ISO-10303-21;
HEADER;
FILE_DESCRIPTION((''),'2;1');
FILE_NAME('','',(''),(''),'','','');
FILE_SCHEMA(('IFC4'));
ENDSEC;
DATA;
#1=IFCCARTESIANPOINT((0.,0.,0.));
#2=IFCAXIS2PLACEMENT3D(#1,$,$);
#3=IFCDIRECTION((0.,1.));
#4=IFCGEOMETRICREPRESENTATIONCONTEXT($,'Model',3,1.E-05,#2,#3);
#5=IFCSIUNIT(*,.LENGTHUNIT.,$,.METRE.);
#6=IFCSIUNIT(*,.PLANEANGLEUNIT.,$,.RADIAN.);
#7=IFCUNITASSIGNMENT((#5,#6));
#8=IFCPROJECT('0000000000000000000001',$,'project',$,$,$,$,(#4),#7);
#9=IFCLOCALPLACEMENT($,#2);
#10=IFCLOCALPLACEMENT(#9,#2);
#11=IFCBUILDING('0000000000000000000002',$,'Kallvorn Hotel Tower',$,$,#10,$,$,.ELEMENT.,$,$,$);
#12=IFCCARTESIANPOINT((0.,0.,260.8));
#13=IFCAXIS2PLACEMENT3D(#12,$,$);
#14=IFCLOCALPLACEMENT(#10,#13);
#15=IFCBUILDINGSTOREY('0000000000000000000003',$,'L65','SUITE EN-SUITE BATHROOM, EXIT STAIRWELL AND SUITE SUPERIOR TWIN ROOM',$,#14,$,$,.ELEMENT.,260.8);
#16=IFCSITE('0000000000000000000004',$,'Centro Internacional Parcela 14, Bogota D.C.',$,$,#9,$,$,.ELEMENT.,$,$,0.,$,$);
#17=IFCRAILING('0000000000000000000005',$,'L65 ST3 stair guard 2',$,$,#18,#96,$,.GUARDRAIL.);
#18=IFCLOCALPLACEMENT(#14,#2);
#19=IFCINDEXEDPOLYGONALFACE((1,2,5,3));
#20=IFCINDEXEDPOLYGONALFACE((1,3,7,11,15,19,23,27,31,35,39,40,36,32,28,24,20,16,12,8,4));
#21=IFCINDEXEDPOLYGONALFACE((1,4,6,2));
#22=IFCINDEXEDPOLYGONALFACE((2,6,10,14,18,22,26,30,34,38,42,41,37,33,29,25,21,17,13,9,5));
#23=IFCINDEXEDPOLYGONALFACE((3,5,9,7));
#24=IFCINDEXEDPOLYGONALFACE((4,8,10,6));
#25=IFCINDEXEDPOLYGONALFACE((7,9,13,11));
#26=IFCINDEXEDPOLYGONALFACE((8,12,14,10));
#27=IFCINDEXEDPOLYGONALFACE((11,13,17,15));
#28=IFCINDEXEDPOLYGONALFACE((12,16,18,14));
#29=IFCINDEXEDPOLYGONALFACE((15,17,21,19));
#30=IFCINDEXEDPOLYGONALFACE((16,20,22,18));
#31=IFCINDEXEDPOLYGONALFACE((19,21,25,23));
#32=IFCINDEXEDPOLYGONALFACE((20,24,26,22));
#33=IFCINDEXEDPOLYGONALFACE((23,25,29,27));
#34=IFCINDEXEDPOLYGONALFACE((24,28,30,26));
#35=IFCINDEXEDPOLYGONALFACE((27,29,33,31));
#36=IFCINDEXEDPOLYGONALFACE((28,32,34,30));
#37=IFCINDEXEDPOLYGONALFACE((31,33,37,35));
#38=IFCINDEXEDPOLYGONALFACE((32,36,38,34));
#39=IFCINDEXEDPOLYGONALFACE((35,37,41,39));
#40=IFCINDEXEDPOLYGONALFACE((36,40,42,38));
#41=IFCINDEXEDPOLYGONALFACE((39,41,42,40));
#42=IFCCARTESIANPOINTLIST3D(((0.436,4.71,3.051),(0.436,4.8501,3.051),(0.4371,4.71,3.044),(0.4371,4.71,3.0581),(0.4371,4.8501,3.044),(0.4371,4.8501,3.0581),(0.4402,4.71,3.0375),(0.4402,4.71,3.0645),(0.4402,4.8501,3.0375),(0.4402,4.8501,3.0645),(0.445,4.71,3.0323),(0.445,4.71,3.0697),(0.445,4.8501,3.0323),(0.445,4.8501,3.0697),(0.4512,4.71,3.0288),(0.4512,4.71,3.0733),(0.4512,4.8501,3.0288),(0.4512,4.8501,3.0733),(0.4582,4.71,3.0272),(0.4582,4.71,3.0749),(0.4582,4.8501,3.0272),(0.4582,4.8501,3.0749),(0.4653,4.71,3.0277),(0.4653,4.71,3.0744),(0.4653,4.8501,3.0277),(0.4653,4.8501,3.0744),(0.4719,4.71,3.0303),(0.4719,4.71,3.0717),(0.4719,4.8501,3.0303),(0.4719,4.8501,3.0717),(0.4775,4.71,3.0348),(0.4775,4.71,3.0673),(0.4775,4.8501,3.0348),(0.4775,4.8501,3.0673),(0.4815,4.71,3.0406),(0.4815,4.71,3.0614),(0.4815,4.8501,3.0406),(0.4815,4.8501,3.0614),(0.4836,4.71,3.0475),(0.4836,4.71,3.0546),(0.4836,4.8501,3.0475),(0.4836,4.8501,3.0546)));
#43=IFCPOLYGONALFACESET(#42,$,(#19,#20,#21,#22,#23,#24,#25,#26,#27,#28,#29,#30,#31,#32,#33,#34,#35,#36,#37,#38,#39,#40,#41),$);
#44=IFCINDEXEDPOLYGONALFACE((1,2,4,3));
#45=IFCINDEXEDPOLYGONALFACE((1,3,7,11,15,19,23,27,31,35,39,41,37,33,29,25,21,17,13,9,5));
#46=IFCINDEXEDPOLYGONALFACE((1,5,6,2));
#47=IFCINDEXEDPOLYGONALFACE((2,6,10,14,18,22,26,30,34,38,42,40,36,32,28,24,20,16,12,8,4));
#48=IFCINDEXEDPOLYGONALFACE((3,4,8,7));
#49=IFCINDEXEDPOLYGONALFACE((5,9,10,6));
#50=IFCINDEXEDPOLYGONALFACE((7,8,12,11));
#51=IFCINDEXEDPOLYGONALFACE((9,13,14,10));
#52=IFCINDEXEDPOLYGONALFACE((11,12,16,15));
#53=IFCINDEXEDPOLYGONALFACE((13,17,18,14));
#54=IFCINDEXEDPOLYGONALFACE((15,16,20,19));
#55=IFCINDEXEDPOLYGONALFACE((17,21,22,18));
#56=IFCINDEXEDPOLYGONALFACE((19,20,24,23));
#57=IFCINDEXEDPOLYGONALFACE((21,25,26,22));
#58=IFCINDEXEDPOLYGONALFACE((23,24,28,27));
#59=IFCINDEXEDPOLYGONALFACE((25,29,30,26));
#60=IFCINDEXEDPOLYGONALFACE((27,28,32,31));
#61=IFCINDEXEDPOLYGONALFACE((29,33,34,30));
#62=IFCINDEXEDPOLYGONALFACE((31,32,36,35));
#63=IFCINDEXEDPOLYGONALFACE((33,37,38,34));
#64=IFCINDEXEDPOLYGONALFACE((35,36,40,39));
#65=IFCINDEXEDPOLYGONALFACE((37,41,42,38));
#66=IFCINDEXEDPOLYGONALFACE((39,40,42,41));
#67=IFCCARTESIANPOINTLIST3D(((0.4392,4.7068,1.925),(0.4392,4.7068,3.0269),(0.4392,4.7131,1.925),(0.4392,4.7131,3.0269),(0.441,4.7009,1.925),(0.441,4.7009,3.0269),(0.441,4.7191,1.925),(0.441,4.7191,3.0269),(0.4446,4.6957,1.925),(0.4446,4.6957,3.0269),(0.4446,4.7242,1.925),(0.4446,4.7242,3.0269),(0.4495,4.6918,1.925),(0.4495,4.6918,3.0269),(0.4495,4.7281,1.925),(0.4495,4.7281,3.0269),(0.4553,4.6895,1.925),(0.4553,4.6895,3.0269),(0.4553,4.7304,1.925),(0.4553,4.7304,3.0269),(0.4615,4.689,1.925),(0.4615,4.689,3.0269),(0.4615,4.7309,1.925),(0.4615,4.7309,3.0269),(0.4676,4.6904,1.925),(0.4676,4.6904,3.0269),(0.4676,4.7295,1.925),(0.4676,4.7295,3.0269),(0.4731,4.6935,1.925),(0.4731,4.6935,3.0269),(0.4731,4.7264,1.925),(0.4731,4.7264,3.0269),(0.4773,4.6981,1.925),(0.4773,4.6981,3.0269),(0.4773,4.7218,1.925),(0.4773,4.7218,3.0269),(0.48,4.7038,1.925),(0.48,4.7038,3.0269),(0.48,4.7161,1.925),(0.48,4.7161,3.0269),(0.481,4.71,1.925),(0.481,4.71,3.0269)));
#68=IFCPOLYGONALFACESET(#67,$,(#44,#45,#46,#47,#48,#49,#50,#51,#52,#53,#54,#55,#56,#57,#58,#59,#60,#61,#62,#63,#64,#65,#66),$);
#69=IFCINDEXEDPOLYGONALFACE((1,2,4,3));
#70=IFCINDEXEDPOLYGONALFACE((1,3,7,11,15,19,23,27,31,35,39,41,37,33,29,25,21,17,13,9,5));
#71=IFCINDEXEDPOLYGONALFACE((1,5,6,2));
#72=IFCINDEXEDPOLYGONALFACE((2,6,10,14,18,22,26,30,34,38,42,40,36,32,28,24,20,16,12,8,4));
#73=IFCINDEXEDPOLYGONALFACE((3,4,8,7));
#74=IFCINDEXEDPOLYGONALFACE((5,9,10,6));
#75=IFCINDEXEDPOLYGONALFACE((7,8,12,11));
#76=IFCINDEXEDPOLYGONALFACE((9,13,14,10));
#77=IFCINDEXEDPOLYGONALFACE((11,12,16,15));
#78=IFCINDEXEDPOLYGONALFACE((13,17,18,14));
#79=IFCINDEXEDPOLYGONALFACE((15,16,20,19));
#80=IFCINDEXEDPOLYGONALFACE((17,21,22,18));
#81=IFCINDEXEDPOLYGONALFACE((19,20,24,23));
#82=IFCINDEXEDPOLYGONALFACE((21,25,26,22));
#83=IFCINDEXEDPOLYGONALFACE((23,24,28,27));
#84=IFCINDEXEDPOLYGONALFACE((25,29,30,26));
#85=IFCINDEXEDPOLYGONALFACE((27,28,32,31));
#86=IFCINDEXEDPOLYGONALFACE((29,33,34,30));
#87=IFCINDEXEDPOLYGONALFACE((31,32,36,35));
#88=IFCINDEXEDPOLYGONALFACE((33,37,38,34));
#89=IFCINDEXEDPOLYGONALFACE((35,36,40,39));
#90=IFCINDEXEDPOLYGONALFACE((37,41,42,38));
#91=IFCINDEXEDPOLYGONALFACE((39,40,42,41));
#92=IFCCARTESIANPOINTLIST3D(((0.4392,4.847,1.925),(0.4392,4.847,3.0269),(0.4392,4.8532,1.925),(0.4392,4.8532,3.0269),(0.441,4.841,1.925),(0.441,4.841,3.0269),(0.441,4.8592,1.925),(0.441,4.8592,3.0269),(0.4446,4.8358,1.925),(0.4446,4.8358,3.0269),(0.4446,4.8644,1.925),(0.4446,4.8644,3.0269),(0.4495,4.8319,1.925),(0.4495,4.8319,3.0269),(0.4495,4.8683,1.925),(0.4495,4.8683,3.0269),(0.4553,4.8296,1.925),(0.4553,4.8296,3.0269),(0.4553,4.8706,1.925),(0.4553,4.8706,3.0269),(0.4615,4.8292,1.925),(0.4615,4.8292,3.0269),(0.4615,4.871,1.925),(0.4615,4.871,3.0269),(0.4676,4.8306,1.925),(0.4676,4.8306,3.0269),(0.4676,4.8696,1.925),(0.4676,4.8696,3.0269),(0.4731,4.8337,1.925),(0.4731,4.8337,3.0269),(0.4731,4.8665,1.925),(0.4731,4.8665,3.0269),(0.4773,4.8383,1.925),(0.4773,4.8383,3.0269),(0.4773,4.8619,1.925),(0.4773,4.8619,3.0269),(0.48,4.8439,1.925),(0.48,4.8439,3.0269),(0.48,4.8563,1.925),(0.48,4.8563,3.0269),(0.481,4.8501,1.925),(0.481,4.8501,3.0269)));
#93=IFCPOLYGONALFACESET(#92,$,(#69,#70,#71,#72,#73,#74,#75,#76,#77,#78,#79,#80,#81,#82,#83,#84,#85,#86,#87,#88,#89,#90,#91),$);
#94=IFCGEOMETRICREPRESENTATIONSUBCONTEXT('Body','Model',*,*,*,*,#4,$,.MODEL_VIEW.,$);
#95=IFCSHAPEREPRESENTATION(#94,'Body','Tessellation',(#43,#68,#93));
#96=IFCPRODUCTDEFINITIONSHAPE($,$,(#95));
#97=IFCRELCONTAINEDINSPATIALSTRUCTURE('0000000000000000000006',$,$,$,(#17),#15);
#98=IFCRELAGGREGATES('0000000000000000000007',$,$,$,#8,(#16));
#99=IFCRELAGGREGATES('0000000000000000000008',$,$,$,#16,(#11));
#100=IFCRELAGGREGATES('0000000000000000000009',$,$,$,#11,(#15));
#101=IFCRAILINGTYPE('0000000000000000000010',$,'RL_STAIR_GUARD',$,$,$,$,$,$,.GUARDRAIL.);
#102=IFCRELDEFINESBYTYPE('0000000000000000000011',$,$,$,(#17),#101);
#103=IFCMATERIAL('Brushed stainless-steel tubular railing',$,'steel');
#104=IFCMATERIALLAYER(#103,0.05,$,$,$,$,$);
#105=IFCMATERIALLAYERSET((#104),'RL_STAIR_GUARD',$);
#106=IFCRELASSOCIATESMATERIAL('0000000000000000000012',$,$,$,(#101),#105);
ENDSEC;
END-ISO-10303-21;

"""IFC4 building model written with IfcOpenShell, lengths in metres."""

from ifc_helpers import new_model, si_unit, direction, frame, origin, origin_2d, place, context, subcontext, project, spatial, circle, extrude, material, layer, layer_set, type_object, element, save


model = new_model("IFC4")

# Units and contexts
model_context = context("Model", 3, precision=1e-05, world=origin(), true_north=direction((0.0, 1.0)))
body_context = subcontext(model_context, "Body", "Model", "MODEL_VIEW")
ifc_project = project(units=[si_unit("LENGTHUNIT", "METRE"), si_unit("PLANEANGLEUNIT", "RADIAN")], contexts=[model_context])

# Site, building, storey
site_placement = place(None, origin())
site = spatial("IfcSite", under=ifc_project, at=site_placement, Name="Centro Internacional Parcela 14, Bogota D.C.", CompositionType="ELEMENT", RefElevation=0.0)
building_placement = place(site_placement, origin())
building = spatial("IfcBuilding", under=site, at=building_placement, Name="Kallvorn Hotel Tower", CompositionType="ELEMENT")
storey_placement = place(building_placement, frame((0.0, 0.0, 260.8)))
storey = spatial("IfcBuildingStorey", under=building, at=storey_placement, Name="L65", Description="SUITE EN-SUITE BATHROOM, EXIT STAIRWELL AND SUITE SUPERIOR TWIN ROOM", CompositionType="ELEMENT", Elevation=260.8)

# Railing
ifc_material_1 = material(Name="Brushed stainless-steel tubular railing", Category="steel")
ifc_layer_1 = layer(ifc_material_1, 0.05)
ifc_layer_set_1 = layer_set([ifc_layer_1], Name="RL_STAIR_GUARD")
railing_type_1 = type_object("IfcRailingType", Name="RL_STAIR_GUARD", PredefinedType="GUARDRAIL", material=ifc_layer_set_1)
railing_1_placement = place(storey_placement, frame((0.46, 4.71, 1.925)))
element("IfcRailing", 1, at=railing_1_placement, inside=storey, type_object=railing_type_1, Name="L65 ST3 stair guard 2", PredefinedType="GUARDRAIL", context=body_context, shape_type="SweptSolid", body=[
    extrude(circle(Radius=0.0239, at=origin_2d()), frame((0.0, 0.0, 1.126), z_axis=(0.0, 1.0, 0.0), x_axis=(-1.0, 0.0, 0.0)), (0.0, 0.0, 1.0), 0.1401),
    extrude(circle(Radius=0.021, at=origin_2d()), origin(), (0.0, 0.0, 1.0), 1.1018),
    extrude(circle(Radius=0.021, at=origin_2d()), frame((0.0, 0.1401, 0.0)), (0.0, 0.0, 1.0), 1.1018),
])

save(model, "model.ifc")
